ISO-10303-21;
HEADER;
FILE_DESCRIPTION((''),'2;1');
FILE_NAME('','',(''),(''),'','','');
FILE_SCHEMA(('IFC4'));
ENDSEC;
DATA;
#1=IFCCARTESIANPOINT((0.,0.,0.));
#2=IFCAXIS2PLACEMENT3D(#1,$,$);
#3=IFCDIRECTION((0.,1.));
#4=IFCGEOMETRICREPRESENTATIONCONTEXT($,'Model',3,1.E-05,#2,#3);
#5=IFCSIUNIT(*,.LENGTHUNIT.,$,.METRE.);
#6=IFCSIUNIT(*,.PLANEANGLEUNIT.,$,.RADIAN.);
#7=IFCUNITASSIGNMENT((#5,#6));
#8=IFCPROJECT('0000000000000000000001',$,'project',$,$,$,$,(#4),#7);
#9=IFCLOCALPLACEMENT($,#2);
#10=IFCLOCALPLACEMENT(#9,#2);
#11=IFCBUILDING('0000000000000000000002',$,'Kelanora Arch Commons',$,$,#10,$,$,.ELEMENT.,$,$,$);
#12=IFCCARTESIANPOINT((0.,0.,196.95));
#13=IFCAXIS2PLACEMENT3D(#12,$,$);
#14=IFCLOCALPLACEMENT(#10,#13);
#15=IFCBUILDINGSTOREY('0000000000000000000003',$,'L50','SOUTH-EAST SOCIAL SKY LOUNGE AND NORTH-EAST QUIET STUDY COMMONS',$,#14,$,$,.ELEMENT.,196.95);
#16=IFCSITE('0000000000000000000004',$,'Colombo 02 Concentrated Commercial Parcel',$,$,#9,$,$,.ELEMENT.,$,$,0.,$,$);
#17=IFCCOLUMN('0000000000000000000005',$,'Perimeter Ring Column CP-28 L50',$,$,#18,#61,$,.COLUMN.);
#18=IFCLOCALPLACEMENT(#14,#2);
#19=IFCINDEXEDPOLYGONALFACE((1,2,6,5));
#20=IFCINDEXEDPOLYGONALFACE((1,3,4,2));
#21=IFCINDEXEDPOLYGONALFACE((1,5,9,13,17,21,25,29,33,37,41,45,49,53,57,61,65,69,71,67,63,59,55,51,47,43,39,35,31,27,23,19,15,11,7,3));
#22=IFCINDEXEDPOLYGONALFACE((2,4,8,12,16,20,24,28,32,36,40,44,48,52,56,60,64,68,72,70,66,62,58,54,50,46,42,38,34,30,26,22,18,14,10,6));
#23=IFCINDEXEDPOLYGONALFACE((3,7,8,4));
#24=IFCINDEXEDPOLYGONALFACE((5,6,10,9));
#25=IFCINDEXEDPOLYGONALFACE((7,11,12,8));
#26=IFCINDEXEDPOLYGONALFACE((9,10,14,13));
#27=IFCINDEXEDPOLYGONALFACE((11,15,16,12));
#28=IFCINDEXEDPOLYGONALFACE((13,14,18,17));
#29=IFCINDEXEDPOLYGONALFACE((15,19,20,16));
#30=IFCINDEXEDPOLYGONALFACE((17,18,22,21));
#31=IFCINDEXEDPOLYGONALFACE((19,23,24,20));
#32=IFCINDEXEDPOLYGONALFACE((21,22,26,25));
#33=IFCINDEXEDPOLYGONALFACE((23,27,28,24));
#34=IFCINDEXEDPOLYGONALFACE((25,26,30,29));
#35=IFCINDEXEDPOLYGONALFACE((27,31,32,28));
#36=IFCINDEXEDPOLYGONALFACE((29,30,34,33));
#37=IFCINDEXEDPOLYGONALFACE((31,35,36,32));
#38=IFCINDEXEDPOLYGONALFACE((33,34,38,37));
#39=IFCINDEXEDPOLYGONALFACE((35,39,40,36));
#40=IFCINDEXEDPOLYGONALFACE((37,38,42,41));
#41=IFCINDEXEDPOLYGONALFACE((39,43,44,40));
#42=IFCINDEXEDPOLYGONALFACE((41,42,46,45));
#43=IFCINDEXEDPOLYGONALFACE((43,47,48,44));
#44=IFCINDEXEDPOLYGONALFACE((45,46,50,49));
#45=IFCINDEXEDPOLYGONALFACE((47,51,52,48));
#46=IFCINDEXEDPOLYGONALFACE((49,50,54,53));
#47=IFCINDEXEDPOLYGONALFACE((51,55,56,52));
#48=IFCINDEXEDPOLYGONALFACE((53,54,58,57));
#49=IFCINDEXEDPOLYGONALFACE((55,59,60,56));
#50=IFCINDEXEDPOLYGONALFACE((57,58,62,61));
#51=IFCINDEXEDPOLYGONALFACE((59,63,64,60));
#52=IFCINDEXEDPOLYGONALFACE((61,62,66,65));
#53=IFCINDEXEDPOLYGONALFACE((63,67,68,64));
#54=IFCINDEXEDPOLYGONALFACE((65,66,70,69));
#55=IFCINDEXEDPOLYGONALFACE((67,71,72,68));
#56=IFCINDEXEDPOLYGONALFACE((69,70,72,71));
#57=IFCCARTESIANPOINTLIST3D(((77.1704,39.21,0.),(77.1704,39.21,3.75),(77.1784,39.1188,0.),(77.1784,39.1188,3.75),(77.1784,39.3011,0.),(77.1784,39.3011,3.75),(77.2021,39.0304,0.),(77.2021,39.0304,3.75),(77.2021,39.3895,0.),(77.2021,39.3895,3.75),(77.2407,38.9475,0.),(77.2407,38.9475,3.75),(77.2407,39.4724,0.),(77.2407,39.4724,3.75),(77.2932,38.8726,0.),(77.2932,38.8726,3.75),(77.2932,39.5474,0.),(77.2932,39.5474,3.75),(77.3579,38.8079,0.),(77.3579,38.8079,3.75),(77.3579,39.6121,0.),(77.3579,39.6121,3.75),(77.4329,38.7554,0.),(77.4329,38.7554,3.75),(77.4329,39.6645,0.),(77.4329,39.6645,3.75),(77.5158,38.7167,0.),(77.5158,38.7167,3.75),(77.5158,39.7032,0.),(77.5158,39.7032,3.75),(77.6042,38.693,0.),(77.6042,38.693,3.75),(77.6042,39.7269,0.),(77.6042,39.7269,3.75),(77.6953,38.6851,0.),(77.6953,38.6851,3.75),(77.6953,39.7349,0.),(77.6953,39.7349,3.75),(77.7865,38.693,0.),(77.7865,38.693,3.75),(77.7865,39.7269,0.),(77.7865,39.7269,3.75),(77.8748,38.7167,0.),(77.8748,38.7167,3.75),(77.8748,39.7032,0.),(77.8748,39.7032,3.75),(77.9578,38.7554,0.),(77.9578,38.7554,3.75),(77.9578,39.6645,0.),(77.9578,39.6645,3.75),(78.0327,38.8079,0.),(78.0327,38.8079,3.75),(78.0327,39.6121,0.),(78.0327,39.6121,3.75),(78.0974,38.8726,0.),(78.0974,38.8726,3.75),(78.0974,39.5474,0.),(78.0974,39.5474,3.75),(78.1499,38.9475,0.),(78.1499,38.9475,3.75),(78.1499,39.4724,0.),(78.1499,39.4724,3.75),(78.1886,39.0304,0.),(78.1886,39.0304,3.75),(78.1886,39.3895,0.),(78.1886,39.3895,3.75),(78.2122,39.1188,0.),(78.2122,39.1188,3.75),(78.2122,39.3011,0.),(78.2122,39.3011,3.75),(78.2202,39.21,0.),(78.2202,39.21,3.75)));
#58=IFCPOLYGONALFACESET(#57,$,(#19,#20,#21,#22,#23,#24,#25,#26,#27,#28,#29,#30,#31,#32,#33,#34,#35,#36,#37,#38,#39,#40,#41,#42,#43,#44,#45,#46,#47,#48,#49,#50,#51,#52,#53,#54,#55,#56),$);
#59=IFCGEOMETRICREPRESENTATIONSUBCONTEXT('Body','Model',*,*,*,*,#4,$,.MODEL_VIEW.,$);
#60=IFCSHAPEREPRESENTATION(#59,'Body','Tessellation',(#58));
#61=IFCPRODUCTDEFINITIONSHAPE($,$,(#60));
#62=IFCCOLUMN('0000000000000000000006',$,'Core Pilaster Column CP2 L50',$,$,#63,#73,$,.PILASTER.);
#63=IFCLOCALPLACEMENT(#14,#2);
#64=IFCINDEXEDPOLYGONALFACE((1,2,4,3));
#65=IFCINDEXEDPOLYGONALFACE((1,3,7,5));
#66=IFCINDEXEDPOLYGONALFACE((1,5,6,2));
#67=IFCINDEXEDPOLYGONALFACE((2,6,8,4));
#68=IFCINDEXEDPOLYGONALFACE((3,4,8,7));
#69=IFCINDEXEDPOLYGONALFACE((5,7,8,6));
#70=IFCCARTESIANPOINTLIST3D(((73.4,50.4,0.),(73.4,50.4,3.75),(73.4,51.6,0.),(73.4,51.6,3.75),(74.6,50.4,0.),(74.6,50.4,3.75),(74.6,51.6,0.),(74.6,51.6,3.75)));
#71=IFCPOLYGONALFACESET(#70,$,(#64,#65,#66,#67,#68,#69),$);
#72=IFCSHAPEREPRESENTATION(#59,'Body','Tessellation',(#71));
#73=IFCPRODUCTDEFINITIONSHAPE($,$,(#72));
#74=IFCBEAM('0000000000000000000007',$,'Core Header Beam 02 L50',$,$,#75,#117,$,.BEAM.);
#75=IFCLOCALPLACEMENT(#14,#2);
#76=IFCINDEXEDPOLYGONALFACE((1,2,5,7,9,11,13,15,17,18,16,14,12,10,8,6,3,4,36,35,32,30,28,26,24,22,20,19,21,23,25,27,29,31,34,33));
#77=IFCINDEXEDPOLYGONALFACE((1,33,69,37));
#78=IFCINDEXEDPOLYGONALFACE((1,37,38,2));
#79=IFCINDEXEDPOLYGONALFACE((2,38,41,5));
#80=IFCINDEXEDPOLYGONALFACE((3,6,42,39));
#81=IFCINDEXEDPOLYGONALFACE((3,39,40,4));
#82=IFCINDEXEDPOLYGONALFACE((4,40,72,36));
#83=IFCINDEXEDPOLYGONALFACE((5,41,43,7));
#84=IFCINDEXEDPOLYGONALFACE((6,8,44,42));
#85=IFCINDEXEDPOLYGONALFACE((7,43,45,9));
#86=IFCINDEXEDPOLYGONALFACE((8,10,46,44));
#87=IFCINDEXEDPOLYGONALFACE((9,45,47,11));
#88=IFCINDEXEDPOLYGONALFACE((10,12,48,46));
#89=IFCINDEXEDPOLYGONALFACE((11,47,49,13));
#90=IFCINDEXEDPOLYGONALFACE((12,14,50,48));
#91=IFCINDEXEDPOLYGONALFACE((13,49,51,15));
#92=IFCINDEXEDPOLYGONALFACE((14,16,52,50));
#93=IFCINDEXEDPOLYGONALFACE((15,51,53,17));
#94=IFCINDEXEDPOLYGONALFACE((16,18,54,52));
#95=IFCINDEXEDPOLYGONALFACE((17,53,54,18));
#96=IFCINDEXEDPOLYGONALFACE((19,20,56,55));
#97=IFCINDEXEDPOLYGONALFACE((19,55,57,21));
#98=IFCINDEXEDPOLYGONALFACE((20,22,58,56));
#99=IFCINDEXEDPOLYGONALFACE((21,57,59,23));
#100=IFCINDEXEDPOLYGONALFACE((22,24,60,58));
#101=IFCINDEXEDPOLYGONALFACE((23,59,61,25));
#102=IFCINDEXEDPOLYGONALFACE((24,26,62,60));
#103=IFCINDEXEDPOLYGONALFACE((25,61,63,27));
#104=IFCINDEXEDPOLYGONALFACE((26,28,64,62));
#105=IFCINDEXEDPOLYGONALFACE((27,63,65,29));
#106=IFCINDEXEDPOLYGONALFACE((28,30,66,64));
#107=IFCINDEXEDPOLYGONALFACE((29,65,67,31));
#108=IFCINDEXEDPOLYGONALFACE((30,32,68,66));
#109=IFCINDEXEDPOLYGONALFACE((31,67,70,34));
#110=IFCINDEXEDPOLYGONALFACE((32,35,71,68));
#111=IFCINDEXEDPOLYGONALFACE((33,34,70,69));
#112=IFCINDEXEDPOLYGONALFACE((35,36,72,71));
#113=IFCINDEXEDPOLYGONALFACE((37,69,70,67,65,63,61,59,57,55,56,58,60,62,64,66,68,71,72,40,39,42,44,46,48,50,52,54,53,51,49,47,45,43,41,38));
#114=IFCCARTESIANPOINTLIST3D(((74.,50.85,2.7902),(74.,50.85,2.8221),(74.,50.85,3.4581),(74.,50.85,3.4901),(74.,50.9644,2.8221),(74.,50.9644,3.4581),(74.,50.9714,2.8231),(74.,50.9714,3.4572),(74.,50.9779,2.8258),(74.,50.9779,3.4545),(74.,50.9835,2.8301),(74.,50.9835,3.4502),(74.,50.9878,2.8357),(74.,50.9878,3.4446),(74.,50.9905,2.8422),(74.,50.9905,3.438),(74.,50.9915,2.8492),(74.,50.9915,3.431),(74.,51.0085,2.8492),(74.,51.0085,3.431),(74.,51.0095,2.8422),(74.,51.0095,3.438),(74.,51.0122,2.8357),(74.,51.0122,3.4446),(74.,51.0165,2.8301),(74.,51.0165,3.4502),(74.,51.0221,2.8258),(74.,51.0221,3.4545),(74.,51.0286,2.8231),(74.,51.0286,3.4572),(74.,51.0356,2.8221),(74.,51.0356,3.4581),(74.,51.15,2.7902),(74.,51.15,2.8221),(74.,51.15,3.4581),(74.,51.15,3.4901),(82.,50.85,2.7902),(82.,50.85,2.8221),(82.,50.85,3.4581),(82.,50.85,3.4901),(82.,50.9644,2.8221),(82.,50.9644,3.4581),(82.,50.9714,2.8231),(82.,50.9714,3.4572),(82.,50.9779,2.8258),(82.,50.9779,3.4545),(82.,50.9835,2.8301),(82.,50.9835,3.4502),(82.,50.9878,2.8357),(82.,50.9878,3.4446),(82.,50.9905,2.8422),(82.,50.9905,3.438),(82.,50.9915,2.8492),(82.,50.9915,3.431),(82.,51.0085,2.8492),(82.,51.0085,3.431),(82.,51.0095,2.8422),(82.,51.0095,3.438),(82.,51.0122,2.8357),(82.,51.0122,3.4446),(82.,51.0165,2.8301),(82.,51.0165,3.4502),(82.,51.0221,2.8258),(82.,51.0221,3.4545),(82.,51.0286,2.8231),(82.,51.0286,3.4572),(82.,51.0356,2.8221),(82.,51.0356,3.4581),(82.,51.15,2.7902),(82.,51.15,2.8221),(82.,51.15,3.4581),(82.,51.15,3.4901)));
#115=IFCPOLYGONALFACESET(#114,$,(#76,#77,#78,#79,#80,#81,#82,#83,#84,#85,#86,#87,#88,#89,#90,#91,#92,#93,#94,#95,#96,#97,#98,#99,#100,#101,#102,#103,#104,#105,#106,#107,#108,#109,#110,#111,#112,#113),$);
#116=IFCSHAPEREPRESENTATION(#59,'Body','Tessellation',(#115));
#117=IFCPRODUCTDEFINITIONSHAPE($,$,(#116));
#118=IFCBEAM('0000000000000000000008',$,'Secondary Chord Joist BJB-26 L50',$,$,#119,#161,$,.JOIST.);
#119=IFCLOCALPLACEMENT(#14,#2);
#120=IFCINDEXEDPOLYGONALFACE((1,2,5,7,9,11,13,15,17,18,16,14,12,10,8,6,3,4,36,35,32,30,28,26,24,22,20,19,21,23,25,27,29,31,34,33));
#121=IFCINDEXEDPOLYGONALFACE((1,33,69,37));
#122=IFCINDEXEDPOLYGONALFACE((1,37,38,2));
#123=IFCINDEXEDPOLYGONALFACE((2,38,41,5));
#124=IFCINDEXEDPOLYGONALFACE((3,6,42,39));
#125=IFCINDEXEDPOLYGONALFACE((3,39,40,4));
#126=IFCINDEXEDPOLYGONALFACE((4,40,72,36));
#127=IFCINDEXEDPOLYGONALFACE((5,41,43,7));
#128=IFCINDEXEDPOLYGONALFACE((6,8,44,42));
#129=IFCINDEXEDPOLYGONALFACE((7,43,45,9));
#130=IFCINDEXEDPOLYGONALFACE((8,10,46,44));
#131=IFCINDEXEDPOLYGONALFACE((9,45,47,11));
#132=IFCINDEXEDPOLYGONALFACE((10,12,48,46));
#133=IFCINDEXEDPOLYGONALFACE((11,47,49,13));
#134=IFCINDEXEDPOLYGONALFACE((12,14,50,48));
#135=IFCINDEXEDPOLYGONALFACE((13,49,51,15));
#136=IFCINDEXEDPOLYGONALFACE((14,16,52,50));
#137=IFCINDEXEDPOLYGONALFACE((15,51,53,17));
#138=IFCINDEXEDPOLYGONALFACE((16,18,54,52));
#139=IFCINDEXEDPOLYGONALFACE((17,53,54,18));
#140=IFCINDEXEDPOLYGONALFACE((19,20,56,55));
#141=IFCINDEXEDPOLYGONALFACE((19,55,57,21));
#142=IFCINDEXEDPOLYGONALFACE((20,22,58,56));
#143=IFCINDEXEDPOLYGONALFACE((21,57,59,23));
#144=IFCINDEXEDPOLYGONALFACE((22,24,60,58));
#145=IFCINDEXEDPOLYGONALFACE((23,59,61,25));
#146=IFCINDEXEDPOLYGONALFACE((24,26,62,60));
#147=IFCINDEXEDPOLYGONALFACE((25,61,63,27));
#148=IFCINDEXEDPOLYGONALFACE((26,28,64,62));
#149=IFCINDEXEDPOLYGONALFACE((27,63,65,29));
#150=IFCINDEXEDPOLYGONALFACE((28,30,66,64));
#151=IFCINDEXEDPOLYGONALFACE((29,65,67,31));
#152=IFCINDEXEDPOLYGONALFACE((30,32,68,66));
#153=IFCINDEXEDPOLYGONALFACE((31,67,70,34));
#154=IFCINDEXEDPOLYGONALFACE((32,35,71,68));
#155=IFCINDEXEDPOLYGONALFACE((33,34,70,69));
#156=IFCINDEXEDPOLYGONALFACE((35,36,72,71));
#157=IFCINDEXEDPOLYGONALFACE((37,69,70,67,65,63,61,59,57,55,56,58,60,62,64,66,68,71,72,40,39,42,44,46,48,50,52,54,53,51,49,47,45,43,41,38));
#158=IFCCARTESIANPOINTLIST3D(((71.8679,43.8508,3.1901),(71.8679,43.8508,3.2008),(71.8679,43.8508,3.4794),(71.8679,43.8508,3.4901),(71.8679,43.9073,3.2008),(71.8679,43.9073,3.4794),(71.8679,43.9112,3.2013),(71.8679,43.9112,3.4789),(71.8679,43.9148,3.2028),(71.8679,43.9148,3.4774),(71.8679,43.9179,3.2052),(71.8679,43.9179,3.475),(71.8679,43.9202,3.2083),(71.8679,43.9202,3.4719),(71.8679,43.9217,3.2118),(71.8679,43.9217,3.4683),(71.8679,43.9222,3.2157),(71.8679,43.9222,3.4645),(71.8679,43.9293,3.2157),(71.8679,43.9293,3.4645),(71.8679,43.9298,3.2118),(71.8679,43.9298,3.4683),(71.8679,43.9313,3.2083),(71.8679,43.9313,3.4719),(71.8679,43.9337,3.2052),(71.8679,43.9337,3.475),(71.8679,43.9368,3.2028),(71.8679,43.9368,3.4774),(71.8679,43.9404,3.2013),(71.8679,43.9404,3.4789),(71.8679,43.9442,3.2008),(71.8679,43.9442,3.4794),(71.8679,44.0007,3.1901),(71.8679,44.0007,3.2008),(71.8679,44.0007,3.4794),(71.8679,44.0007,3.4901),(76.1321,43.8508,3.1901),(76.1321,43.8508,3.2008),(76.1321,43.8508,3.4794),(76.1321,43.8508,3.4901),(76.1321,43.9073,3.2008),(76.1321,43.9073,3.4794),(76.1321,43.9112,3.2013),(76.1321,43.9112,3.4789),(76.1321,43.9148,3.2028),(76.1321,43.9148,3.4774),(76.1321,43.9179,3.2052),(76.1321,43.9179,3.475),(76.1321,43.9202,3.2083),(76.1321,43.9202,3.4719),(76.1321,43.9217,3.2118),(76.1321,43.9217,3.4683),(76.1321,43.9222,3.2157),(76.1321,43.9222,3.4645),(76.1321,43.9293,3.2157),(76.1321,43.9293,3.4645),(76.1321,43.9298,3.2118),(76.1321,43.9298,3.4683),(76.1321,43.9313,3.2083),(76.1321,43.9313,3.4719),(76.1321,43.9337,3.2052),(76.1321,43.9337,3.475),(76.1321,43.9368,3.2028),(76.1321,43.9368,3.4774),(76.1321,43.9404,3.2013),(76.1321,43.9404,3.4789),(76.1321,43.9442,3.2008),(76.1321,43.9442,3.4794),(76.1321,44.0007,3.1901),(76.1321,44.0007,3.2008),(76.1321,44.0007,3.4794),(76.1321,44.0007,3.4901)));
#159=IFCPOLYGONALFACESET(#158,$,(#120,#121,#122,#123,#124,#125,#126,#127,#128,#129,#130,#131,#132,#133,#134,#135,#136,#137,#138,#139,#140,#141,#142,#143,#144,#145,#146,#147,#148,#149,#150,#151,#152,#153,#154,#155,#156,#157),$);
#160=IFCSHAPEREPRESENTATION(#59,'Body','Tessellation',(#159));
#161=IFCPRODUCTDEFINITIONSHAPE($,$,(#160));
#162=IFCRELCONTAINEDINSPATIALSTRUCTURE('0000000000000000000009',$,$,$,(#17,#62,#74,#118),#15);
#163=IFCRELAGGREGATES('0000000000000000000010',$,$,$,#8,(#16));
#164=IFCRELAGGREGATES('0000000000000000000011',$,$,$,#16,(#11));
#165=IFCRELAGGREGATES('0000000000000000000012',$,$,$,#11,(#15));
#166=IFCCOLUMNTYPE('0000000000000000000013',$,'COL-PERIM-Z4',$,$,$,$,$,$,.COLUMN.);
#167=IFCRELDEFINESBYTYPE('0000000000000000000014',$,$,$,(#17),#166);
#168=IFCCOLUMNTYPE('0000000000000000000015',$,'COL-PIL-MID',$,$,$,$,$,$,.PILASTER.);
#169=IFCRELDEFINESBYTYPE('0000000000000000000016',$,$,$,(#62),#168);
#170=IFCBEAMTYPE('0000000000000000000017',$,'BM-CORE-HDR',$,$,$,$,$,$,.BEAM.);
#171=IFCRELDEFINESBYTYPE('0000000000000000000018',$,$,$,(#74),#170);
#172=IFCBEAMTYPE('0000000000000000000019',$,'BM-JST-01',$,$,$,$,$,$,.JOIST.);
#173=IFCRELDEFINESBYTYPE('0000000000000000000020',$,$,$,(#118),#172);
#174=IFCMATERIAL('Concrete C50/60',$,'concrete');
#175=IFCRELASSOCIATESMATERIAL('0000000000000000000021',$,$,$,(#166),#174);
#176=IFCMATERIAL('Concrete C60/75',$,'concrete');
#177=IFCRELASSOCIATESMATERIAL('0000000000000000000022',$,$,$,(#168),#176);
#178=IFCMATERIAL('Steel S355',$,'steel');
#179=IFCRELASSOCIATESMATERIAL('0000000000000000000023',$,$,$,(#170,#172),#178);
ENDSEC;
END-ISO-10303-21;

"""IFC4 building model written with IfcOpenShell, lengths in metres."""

from ifc_helpers import new_model, si_unit, direction, frame, origin, origin_2d, place, context, subcontext, project, spatial, rectangle, circle, i_section, extrude, material, material_profile, profile_set, type_object, element, save


model = new_model("IFC4")

# Units and contexts
model_context = context("Model", 3, precision=1e-05, world=origin(), true_north=direction((0.0, 1.0)))
body_context = subcontext(model_context, "Body", "Model", "MODEL_VIEW")
ifc_project = project(units=[si_unit("LENGTHUNIT", "METRE"), si_unit("PLANEANGLEUNIT", "RADIAN")], contexts=[model_context])

# Site, building, storey
site_placement = place(None, origin())
site = spatial("IfcSite", under=ifc_project, at=site_placement, Name="Colombo 02 Concentrated Commercial Parcel", CompositionType="ELEMENT", RefElevation=0.0)
building_placement = place(site_placement, origin())
building = spatial("IfcBuilding", under=site, at=building_placement, Name="Kelanora Arch Commons", CompositionType="ELEMENT")
storey_placement = place(building_placement, frame((0.0, 0.0, 196.95)))
storey = spatial("IfcBuildingStorey", under=building, at=storey_placement, Name="L50", Description="SOUTH-EAST SOCIAL SKY LOUNGE AND NORTH-EAST QUIET STUDY COMMONS", CompositionType="ELEMENT", Elevation=196.95)

# Columns
ifc_material_1 = material(Name="Concrete C50/60", Category="concrete")
ifc_material_profile_1 = material_profile(ifc_material_1, circle(Radius=0.5249, at=origin_2d()), Name="RCC1050")
ifc_profile_set_1 = profile_set([ifc_material_profile_1], Name="Concrete C50/60")
column_type_1 = type_object("IfcColumnType", Name="COL-PERIM-Z4", PredefinedType="COLUMN", material=ifc_profile_set_1)
column_1_placement = place(storey_placement, frame((77.6953, 39.21, 0.0), z_axis=(0.0, 0.0, 1.0), x_axis=(1.0, 0.0, 0.0)))
element("IfcColumn", 1, at=column_1_placement, inside=storey, type_object=column_type_1, Name="Perimeter Ring Column CP-28 L50", PredefinedType="COLUMN", context=body_context, shape_type="SweptSolid", body=[
    extrude(circle(Radius=0.5249, at=origin_2d()), origin(), (0.0, 0.0, 1.0), 3.75),
])
ifc_material_2 = material(Name="Concrete C60/75", Category="concrete")
ifc_material_profile_2 = material_profile(ifc_material_2, rectangle(XDim=1.2, YDim=1.2, at=origin_2d()), Name="RC1200x1200")
ifc_profile_set_2 = profile_set([ifc_material_profile_2], Name="Concrete C60/75")
column_type_2 = type_object("IfcColumnType", Name="COL-PIL-MID", PredefinedType="PILASTER", material=ifc_profile_set_2)
column_2_placement = place(storey_placement, frame((74.0, 51.0, 0.0), z_axis=(0.0, 0.0, 1.0), x_axis=(1.0, 0.0, 0.0)))
element("IfcColumn", 2, at=column_2_placement, inside=storey, type_object=column_type_2, Name="Core Pilaster Column CP2 L50", PredefinedType="PILASTER", context=body_context, shape_type="SweptSolid", body=[
    extrude(rectangle(XDim=1.2, YDim=1.2, at=origin_2d()), origin(), (0.0, 0.0, 1.0), 3.75),
])

# Beams
ifc_material_3 = material(Name="Steel S355", Category="steel")
ifc_material_profile_3 = material_profile(ifc_material_3, i_section(OverallWidth=0.3, OverallDepth=0.7, WebThickness=0.0171, FlangeThickness=0.032, FilletRadius=0.0271, at=origin_2d()), Name="HEB700")
ifc_profile_set_3 = profile_set([ifc_material_profile_3], Name="Steel S355")
beam_type_1 = type_object("IfcBeamType", Name="BM-CORE-HDR", PredefinedType="BEAM", material=ifc_profile_set_3)
beam_1_placement = place(storey_placement, frame((74.0, 51.0, 3.1401), z_axis=(1.0, 0.0, 0.0), x_axis=(0.0, 1.0, 0.0)))
element("IfcBeam", 3, at=beam_1_placement, inside=storey, type_object=beam_type_1, Name="Core Header Beam 02 L50", PredefinedType="BEAM", context=body_context, shape_type="SweptSolid", body=[
    extrude(i_section(OverallWidth=0.3, OverallDepth=0.7, WebThickness=0.0171, FlangeThickness=0.032, FilletRadius=0.0271, at=origin_2d()), origin(), (0.0, 0.0, 1.0), 8.0),
])
ifc_material_profile_4 = material_profile(ifc_material_3, i_section(OverallWidth=0.1499, OverallDepth=0.3, WebThickness=0.0071, FlangeThickness=0.0107, FilletRadius=0.0149, at=origin_2d()), Name="IPE300")
ifc_profile_set_4 = profile_set([ifc_material_profile_4], Name="Steel S355")
beam_type_2 = type_object("IfcBeamType", Name="BM-JST-01", PredefinedType="JOIST", material=ifc_profile_set_4)
beam_2_placement = place(storey_placement, frame((71.8679, 43.9258, 3.3401), z_axis=(1.0, 0.0, 0.0), x_axis=(0.0, 1.0, 0.0)))
element("IfcBeam", 4, at=beam_2_placement, inside=storey, type_object=beam_type_2, Name="Secondary Chord Joist BJB-26 L50", PredefinedType="JOIST", context=body_context, shape_type="SweptSolid", body=[
    extrude(i_section(OverallWidth=0.1499, OverallDepth=0.3, WebThickness=0.0071, FlangeThickness=0.0107, FilletRadius=0.0149, at=origin_2d()), origin(), (0.0, 0.0, 1.0), 4.2642),
])

save(model, "model.ifc")
